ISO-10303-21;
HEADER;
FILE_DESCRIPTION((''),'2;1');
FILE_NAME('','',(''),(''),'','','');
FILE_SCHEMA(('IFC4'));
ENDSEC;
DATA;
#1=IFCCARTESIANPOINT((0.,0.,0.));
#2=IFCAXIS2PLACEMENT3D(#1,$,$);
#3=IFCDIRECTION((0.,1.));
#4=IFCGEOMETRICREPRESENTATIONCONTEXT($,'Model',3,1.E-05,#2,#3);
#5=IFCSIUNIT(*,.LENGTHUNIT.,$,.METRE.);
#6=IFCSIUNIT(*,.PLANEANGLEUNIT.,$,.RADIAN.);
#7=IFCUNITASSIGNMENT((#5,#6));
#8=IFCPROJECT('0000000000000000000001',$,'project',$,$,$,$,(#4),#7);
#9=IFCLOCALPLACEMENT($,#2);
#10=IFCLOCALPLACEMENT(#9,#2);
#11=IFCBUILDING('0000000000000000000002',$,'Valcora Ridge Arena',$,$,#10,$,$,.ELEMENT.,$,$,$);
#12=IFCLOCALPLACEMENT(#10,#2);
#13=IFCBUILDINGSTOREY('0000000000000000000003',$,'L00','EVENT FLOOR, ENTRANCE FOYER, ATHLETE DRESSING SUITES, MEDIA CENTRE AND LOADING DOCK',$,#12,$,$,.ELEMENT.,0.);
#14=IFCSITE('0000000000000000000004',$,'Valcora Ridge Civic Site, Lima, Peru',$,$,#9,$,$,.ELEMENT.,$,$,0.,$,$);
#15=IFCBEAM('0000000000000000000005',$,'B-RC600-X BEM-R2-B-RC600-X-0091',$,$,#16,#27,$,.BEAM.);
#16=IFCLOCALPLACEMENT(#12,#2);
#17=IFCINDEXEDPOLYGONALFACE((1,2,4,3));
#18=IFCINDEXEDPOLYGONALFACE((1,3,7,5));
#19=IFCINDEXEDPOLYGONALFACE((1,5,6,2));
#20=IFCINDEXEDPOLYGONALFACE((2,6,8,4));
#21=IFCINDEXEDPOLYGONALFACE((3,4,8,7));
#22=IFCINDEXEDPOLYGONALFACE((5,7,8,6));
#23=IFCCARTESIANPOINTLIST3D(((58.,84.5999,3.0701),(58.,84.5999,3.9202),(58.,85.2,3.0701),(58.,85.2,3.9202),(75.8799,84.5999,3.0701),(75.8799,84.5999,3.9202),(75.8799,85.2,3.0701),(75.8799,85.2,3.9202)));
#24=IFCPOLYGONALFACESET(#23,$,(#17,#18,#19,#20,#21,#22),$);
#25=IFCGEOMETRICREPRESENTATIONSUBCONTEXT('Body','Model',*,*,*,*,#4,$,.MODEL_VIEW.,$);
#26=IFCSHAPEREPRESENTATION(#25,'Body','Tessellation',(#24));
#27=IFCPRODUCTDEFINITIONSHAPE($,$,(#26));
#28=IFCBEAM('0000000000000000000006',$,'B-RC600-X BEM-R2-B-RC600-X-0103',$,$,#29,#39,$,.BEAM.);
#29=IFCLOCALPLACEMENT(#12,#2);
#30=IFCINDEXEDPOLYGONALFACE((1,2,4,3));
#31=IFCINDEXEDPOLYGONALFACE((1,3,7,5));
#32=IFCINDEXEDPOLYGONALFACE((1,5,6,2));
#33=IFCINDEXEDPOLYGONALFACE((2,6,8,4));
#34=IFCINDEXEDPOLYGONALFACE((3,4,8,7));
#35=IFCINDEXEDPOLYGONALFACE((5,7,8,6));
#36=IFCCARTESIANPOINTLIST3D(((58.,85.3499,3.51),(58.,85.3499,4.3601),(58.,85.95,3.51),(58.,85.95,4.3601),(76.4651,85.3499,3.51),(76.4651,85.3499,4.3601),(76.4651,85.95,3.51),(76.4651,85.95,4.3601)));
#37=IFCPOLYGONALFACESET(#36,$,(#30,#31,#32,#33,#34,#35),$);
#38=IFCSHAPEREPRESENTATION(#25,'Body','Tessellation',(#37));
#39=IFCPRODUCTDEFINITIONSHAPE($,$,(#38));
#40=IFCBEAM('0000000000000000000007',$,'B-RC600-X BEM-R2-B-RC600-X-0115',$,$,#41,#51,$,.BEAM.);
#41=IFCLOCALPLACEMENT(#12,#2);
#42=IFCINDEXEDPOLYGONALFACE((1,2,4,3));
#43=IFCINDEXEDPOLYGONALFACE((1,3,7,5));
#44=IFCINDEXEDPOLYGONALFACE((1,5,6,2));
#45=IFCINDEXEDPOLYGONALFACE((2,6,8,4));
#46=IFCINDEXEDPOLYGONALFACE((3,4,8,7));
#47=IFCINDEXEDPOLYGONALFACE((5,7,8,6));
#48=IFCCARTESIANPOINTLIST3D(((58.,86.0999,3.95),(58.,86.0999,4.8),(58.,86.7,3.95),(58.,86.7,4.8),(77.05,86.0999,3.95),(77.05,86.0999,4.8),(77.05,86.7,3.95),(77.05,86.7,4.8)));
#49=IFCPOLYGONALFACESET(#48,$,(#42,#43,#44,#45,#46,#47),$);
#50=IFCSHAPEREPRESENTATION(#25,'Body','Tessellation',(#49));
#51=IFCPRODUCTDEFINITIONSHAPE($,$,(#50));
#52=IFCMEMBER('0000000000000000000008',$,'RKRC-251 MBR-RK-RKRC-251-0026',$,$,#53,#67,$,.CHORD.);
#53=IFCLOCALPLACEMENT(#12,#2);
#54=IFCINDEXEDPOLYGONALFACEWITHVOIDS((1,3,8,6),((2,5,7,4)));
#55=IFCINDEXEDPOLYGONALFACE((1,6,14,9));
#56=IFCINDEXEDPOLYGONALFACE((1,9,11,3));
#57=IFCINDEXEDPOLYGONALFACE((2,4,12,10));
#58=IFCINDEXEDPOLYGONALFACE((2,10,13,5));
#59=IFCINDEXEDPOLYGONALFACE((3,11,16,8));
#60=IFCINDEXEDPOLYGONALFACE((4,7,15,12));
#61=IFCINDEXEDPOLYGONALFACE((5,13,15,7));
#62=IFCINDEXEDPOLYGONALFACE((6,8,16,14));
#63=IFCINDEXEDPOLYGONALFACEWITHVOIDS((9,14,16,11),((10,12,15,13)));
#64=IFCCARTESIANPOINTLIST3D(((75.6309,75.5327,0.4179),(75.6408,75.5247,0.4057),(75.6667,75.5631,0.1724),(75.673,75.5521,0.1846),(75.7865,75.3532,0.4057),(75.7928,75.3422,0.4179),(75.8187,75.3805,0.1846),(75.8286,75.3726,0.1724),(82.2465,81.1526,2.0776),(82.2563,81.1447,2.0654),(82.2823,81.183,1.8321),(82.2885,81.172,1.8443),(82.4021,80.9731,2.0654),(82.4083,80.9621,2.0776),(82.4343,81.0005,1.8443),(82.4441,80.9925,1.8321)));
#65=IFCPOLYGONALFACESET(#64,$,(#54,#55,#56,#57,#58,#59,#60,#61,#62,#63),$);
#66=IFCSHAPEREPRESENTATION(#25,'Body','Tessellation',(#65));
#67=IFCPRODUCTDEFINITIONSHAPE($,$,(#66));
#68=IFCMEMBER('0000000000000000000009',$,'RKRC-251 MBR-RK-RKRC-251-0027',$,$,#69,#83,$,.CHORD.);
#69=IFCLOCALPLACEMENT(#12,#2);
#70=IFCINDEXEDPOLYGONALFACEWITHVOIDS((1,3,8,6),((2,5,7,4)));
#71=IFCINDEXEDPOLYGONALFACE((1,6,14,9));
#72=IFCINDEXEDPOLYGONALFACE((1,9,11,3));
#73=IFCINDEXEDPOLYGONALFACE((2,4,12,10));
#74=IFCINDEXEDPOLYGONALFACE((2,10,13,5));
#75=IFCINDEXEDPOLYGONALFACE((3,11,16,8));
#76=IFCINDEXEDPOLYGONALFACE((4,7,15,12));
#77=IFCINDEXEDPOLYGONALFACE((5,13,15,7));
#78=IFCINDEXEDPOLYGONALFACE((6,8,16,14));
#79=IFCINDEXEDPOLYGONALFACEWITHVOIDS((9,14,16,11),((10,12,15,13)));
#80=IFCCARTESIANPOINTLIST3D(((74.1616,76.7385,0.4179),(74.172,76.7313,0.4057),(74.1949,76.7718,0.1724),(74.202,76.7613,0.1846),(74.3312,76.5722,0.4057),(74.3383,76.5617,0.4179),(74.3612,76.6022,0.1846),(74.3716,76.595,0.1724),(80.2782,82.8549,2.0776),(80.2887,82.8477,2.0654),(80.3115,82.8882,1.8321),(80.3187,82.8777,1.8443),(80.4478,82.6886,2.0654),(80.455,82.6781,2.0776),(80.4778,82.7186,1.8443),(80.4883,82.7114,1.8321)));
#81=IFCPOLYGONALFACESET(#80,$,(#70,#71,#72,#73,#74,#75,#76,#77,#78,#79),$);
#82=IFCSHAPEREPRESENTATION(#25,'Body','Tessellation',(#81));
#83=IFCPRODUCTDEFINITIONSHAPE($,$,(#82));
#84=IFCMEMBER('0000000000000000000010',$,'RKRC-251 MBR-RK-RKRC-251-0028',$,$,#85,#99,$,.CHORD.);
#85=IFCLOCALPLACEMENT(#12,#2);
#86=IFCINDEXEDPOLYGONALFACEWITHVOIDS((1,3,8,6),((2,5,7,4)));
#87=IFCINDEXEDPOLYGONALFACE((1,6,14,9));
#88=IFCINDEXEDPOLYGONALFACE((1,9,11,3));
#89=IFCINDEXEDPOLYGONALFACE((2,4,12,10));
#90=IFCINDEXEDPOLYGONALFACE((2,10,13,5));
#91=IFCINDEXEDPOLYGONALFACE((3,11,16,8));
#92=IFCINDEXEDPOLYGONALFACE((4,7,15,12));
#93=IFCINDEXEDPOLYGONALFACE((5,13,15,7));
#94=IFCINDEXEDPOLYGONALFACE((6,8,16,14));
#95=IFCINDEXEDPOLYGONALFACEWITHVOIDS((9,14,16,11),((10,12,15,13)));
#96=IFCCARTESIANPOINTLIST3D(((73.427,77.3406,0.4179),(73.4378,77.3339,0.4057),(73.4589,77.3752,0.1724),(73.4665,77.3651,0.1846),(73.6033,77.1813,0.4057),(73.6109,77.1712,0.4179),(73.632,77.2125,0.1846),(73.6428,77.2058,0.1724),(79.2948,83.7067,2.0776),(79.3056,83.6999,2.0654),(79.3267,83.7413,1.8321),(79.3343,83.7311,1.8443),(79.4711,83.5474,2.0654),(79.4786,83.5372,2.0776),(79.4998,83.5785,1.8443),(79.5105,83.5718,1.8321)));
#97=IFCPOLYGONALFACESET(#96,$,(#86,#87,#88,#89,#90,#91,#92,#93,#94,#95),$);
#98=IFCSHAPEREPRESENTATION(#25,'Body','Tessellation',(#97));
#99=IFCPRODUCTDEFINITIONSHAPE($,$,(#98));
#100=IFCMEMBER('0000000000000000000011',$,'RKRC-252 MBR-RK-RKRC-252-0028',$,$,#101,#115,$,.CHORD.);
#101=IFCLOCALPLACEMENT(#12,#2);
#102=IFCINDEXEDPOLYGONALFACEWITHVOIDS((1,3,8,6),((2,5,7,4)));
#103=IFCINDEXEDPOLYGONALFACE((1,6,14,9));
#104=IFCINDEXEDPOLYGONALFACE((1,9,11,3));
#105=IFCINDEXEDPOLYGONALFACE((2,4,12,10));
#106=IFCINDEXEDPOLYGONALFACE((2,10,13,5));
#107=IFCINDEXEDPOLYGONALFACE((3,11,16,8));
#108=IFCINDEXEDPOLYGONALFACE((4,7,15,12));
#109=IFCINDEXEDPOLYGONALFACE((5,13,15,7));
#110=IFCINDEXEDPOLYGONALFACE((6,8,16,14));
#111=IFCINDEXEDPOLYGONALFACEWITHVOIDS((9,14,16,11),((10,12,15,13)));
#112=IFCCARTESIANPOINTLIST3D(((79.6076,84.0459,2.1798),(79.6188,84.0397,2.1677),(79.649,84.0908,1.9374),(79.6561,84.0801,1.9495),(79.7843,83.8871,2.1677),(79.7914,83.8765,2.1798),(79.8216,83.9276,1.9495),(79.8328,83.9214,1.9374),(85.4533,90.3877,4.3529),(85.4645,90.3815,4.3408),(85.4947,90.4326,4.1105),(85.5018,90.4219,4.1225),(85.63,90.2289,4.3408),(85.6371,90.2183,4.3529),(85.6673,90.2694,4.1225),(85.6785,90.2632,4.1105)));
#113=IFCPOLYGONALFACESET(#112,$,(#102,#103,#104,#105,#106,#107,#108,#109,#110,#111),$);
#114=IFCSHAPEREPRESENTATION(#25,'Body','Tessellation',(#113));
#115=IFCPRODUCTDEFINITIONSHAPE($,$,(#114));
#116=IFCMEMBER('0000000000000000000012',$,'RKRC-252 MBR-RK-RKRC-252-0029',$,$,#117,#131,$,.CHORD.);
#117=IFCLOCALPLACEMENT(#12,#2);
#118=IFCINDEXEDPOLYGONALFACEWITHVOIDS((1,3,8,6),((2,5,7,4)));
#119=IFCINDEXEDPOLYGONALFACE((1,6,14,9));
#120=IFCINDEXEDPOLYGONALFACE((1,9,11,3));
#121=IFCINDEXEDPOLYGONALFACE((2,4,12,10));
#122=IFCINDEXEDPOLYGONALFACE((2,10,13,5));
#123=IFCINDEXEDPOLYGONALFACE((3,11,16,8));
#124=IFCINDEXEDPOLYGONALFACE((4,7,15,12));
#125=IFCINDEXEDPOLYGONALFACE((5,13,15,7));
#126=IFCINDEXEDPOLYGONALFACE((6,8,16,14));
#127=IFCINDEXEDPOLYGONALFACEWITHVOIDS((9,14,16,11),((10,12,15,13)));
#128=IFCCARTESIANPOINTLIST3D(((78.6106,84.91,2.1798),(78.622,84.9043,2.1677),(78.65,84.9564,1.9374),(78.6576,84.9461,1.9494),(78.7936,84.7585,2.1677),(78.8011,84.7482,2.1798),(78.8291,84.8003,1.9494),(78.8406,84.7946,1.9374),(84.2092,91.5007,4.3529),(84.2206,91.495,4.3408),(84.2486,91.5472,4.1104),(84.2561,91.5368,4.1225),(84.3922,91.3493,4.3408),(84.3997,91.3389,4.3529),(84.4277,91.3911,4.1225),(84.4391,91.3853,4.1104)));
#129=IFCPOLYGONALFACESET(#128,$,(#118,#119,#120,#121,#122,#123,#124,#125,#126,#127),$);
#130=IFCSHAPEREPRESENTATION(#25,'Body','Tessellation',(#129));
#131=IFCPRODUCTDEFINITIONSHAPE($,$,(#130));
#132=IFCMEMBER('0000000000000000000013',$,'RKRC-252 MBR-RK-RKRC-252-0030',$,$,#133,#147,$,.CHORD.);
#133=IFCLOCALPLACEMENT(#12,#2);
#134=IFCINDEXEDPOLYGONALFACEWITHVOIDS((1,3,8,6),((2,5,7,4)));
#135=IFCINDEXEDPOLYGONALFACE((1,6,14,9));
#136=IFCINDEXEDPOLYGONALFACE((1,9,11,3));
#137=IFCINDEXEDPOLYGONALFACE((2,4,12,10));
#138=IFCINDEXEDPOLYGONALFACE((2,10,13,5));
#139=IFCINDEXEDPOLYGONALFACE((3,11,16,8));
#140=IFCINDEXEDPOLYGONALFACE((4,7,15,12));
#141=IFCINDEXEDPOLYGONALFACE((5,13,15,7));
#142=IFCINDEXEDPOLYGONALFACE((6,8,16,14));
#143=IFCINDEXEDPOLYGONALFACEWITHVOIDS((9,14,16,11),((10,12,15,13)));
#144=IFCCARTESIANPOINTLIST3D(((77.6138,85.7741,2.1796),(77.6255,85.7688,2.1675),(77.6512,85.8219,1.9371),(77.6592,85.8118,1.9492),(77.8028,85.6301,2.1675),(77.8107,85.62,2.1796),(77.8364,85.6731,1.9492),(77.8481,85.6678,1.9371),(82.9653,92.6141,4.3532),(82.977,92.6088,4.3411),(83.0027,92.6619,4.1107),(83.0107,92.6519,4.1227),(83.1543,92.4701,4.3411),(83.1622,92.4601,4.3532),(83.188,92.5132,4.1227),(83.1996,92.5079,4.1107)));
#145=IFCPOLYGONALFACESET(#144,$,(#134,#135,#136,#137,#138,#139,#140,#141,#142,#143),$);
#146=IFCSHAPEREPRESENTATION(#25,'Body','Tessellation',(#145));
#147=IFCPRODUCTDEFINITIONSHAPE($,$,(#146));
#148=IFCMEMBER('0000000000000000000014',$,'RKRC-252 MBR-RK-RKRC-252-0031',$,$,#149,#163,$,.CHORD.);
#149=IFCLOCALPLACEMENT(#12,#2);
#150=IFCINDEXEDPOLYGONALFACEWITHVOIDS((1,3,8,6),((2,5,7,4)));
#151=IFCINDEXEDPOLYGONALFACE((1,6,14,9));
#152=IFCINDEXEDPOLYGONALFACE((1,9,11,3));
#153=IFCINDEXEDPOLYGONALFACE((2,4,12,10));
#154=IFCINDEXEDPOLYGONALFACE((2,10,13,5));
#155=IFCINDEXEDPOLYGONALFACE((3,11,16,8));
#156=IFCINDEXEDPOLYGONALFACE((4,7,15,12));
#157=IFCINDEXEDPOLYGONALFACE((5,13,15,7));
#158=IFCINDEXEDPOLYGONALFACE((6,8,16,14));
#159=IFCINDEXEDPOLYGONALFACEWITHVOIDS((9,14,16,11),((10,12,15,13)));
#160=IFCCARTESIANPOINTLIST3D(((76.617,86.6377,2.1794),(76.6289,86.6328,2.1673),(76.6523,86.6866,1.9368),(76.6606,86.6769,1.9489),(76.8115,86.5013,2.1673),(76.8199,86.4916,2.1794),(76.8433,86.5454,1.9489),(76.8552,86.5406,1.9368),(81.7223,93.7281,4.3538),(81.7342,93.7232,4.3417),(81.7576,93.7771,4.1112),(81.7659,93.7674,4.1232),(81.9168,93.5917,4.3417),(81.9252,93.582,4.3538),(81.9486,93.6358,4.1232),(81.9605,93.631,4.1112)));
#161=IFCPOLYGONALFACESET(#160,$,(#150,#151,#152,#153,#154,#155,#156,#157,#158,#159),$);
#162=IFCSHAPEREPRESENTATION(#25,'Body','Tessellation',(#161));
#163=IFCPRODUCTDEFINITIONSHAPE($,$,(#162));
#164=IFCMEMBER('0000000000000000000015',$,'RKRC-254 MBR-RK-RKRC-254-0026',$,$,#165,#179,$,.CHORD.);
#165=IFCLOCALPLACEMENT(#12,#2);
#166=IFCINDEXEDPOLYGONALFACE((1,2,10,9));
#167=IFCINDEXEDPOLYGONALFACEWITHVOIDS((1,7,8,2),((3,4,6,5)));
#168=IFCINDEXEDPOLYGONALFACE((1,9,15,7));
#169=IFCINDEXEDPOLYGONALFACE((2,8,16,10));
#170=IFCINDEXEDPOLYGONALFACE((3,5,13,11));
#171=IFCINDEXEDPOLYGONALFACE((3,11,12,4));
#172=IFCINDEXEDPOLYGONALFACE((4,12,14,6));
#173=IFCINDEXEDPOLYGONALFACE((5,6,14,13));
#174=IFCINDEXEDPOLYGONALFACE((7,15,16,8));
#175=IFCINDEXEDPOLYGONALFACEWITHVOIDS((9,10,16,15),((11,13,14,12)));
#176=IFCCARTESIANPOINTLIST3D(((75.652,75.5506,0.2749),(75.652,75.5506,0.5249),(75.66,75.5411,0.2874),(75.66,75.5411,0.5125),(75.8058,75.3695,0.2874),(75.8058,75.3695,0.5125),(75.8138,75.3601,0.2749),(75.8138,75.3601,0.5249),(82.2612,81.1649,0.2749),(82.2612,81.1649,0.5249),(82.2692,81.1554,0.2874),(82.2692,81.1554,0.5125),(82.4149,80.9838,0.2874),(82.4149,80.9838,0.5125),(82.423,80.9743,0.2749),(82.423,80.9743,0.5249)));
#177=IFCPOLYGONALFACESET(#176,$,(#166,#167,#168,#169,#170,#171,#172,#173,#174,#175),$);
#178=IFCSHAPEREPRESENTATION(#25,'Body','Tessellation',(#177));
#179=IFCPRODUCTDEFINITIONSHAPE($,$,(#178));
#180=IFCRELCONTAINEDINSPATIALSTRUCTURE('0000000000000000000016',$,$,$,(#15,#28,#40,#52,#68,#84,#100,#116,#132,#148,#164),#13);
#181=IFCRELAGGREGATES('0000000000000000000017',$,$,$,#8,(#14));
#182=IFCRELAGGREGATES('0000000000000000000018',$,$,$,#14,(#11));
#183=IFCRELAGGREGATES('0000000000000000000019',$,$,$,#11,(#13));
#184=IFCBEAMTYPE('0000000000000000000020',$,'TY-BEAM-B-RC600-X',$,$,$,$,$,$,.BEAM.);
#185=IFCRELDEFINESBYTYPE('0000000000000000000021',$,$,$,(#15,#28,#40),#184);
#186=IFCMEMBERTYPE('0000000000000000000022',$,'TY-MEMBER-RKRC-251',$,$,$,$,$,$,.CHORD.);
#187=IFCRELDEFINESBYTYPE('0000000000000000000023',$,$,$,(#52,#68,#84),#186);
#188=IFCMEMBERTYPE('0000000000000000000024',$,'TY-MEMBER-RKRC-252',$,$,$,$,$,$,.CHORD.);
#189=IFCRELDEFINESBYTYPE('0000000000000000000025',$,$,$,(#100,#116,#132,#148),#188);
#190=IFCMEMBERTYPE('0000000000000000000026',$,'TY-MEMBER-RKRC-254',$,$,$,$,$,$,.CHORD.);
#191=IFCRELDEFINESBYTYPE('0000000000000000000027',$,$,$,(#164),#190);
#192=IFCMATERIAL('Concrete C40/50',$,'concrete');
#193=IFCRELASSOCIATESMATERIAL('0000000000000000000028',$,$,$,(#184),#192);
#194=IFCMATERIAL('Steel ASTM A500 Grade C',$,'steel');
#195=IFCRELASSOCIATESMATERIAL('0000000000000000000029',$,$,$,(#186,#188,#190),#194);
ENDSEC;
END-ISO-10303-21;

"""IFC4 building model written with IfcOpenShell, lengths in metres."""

from ifc_helpers import new_model, si_unit, direction, frame, origin, origin_2d, place, context, subcontext, project, spatial, rectangle, hollow_rectangle, extrude, material, material_profile, profile_set, type_object, element, save


model = new_model("IFC4")

# Units and contexts
model_context = context("Model", 3, precision=1e-05, world=origin(), true_north=direction((0.0, 1.0)))
body_context = subcontext(model_context, "Body", "Model", "MODEL_VIEW")
ifc_project = project(units=[si_unit("LENGTHUNIT", "METRE"), si_unit("PLANEANGLEUNIT", "RADIAN")], contexts=[model_context])

# Site, building, storey
site_placement = place(None, origin())
site = spatial("IfcSite", under=ifc_project, at=site_placement, Name="Valcora Ridge Civic Site, Lima, Peru", CompositionType="ELEMENT", RefElevation=0.0)
building_placement = place(site_placement, origin())
building = spatial("IfcBuilding", under=site, at=building_placement, Name="Valcora Ridge Arena", CompositionType="ELEMENT")
storey_placement = place(building_placement, origin())
storey = spatial("IfcBuildingStorey", under=building, at=storey_placement, Name="L00", Description="EVENT FLOOR, ENTRANCE FOYER, ATHLETE DRESSING SUITES, MEDIA CENTRE AND LOADING DOCK", CompositionType="ELEMENT", Elevation=0.0)

# Shared definitions
ifc_material_1 = material(Name="Concrete C40/50", Category="concrete")

# Beams
ifc_material_profile_1 = material_profile(ifc_material_1, rectangle(XDim=0.6001, YDim=0.8501, at=origin_2d()), Name="RC 600x850")
ifc_profile_set_1 = profile_set([ifc_material_profile_1], Name="Concrete C40/50")
beam_type = type_object("IfcBeamType", Name="TY-BEAM-B-RC600-X", PredefinedType="BEAM", material=ifc_profile_set_1)
beam_1_placement = place(storey_placement, frame((75.8799, 84.8999, 3.4951), z_axis=(-1.0, 0.0, 0.0), x_axis=(0.0, -1.0, 0.0)))
element("IfcBeam", 1, at=beam_1_placement, inside=storey, type_object=beam_type, Name="B-RC600-X BEM-R2-B-RC600-X-0091", PredefinedType="BEAM", context=body_context, shape_type="SweptSolid", body=[
    extrude(rectangle(XDim=0.6001, YDim=0.8501, at=origin_2d()), origin(), (0.0, 0.0, 1.0), 17.8799),
])
beam_2_placement = place(storey_placement, frame((76.4651, 85.6499, 3.9351), z_axis=(-1.0, 0.0, 0.0), x_axis=(0.0, -1.0, 0.0)))
element("IfcBeam", 2, at=beam_2_placement, inside=storey, type_object=beam_type, Name="B-RC600-X BEM-R2-B-RC600-X-0103", PredefinedType="BEAM", context=body_context, shape_type="SweptSolid", body=[
    extrude(rectangle(XDim=0.6001, YDim=0.8501, at=origin_2d()), origin(), (0.0, 0.0, 1.0), 18.4651),
])
beam_3_placement = place(storey_placement, frame((77.05, 86.3999, 4.375), z_axis=(-1.0, 0.0, 0.0), x_axis=(0.0, -1.0, 0.0)))
element("IfcBeam", 3, at=beam_3_placement, inside=storey, type_object=beam_type, Name="B-RC600-X BEM-R2-B-RC600-X-0115", PredefinedType="BEAM", context=body_context, shape_type="SweptSolid", body=[
    extrude(rectangle(XDim=0.6001, YDim=0.8501, at=origin_2d()), origin(), (0.0, 0.0, 1.0), 19.05),
])

# Members
ifc_material_2 = material(Name="Steel ASTM A500 Grade C", Category="steel")
ifc_material_profile_2 = material_profile(ifc_material_2, hollow_rectangle(XDim=0.25, YDim=0.25, WallThickness=0.0125, at=origin_2d()), Name="HSS250X250X12")
ifc_profile_set_2 = profile_set([ifc_material_profile_2], Name="Steel ASTM A500 Grade C")
member_type_1 = type_object("IfcMemberType", Name="TY-MEMBER-RKRC-251", PredefinedType="CHORD", material=ifc_profile_set_2)
member_1_placement = place(storey_placement, frame((75.7297, 75.4526, 0.2952), z_axis=(0.748566, 0.63591, 0.187798), x_axis=(-0.647429, 0.762126, 0.0)))
element("IfcMember", 4, at=member_1_placement, inside=storey, type_object=member_type_1, Name="RKRC-251 MBR-RK-RKRC-251-0026", PredefinedType="CHORD", context=body_context, shape_type="SweptSolid", body=[
    extrude(hollow_rectangle(XDim=0.25, YDim=0.25, WallThickness=0.0125, at=origin_2d()), origin(), (0.0, 0.0, 1.0), 8.8376),
])
member_2_placement = place(storey_placement, frame((74.2666, 76.6667, 0.2952), z_axis=(0.694454, 0.694426, 0.188429), x_axis=(-0.707093, 0.707121, 0.0)))
element("IfcMember", 5, at=member_2_placement, inside=storey, type_object=member_type_1, Name="RKRC-251 MBR-RK-RKRC-251-0027", PredefinedType="CHORD", context=body_context, shape_type="SweptSolid", body=[
    extrude(hollow_rectangle(XDim=0.25, YDim=0.25, WallThickness=0.0125, at=origin_2d()), origin(), (0.0, 0.0, 1.0), 8.8079),
])
member_3_placement = place(storey_placement, frame((73.5349, 77.2732, 0.2952), z_axis=(0.665623, 0.722149, 0.188271), x_axis=(-0.735298, 0.677744, 0.0)))
element("IfcMember", 6, at=member_3_placement, inside=storey, type_object=member_type_1, Name="RKRC-251 MBR-RK-RKRC-251-0028", PredefinedType="CHORD", context=body_context, shape_type="SweptSolid", body=[
    extrude(hollow_rectangle(XDim=0.25, YDim=0.25, WallThickness=0.0125, at=origin_2d()), origin(), (0.0, 0.0, 1.0), 8.8154),
])
ifc_material_profile_3 = material_profile(ifc_material_2, hollow_rectangle(XDim=0.25, YDim=0.25, WallThickness=0.0125, at=origin_2d()), Name="HSS250X250X12")
ifc_profile_set_3 = profile_set([ifc_material_profile_3], Name="Steel ASTM A500 Grade C")
member_type_2 = type_object("IfcMemberType", Name="TY-MEMBER-RKRC-252", PredefinedType="CHORD", material=ifc_profile_set_3)
member_4_placement = place(storey_placement, frame((79.7202, 83.9836, 2.0586), z_axis=(0.657223, 0.712998, 0.244318), x_axis=(-0.735281, 0.677763, 0.0)))
element("IfcMember", 7, at=member_4_placement, inside=storey, type_object=member_type_2, Name="RKRC-252 MBR-RK-RKRC-252-0028", PredefinedType="CHORD", context=body_context, shape_type="SweptSolid", body=[
    extrude(hollow_rectangle(XDim=0.25, YDim=0.25, WallThickness=0.0125, at=origin_2d()), origin(), (0.0, 0.0, 1.0), 8.8945),
])
member_5_placement = place(storey_placement, frame((78.7256, 84.8523, 2.0586), z_axis=(0.627888, 0.739162, 0.243713), x_axis=(-0.762143, 0.647409, 0.0)))
element("IfcMember", 8, at=member_5_placement, inside=storey, type_object=member_type_2, Name="RKRC-252 MBR-RK-RKRC-252-0029", PredefinedType="CHORD", context=body_context, shape_type="SweptSolid", body=[
    extrude(hollow_rectangle(XDim=0.25, YDim=0.25, WallThickness=0.0125, at=origin_2d()), origin(), (0.0, 0.0, 1.0), 8.9165),
])
member_6_placement = place(storey_placement, frame((77.731, 85.7209, 2.0583), z_axis=(0.597761, 0.764027, 0.242786), x_axis=(-0.787592, 0.616198, 0.0)))
element("IfcMember", 9, at=member_6_placement, inside=storey, type_object=member_type_2, Name="RKRC-252 MBR-RK-RKRC-252-0030", PredefinedType="CHORD", context=body_context, shape_type="SweptSolid", body=[
    extrude(hollow_rectangle(XDim=0.25, YDim=0.25, WallThickness=0.0125, at=origin_2d()), origin(), (0.0, 0.0, 1.0), 8.9526),
])
member_7_placement = place(storey_placement, frame((76.7361, 86.5891, 2.0581), z_axis=(0.567024, 0.787505, 0.241496), x_axis=(-0.811524, 0.584319, 0.0)))
element("IfcMember", 10, at=member_7_placement, inside=storey, type_object=member_type_2, Name="RKRC-252 MBR-RK-RKRC-252-0031", PredefinedType="CHORD", context=body_context, shape_type="SweptSolid", body=[
    extrude(hollow_rectangle(XDim=0.25, YDim=0.25, WallThickness=0.0125, at=origin_2d()), origin(), (0.0, 0.0, 1.0), 9.0037),
])
ifc_material_profile_4 = material_profile(ifc_material_2, hollow_rectangle(XDim=0.25, YDim=0.25, WallThickness=0.0125, at=origin_2d()), Name="HSS250X250X12")
ifc_profile_set_4 = profile_set([ifc_material_profile_4], Name="Steel ASTM A500 Grade C")
member_type_3 = type_object("IfcMemberType", Name="TY-MEMBER-RKRC-254", PredefinedType="CHORD", material=ifc_profile_set_4)
member_8_placement = place(storey_placement, frame((75.7329, 75.4553, 0.3999), z_axis=(0.762139, 0.647414, 0.0), x_axis=(-0.647414, 0.762139, 0.0)))
element("IfcMember", 11, at=member_8_placement, inside=storey, type_object=member_type_3, Name="RKRC-254 MBR-RK-RKRC-254-0026", PredefinedType="CHORD", context=body_context, shape_type="SweptSolid", body=[
    extrude(hollow_rectangle(XDim=0.25, YDim=0.25, WallThickness=0.0125, at=origin_2d()), origin(), (0.0, 0.0, 1.0), 8.6719),
])

save(model, "model.ifc")
